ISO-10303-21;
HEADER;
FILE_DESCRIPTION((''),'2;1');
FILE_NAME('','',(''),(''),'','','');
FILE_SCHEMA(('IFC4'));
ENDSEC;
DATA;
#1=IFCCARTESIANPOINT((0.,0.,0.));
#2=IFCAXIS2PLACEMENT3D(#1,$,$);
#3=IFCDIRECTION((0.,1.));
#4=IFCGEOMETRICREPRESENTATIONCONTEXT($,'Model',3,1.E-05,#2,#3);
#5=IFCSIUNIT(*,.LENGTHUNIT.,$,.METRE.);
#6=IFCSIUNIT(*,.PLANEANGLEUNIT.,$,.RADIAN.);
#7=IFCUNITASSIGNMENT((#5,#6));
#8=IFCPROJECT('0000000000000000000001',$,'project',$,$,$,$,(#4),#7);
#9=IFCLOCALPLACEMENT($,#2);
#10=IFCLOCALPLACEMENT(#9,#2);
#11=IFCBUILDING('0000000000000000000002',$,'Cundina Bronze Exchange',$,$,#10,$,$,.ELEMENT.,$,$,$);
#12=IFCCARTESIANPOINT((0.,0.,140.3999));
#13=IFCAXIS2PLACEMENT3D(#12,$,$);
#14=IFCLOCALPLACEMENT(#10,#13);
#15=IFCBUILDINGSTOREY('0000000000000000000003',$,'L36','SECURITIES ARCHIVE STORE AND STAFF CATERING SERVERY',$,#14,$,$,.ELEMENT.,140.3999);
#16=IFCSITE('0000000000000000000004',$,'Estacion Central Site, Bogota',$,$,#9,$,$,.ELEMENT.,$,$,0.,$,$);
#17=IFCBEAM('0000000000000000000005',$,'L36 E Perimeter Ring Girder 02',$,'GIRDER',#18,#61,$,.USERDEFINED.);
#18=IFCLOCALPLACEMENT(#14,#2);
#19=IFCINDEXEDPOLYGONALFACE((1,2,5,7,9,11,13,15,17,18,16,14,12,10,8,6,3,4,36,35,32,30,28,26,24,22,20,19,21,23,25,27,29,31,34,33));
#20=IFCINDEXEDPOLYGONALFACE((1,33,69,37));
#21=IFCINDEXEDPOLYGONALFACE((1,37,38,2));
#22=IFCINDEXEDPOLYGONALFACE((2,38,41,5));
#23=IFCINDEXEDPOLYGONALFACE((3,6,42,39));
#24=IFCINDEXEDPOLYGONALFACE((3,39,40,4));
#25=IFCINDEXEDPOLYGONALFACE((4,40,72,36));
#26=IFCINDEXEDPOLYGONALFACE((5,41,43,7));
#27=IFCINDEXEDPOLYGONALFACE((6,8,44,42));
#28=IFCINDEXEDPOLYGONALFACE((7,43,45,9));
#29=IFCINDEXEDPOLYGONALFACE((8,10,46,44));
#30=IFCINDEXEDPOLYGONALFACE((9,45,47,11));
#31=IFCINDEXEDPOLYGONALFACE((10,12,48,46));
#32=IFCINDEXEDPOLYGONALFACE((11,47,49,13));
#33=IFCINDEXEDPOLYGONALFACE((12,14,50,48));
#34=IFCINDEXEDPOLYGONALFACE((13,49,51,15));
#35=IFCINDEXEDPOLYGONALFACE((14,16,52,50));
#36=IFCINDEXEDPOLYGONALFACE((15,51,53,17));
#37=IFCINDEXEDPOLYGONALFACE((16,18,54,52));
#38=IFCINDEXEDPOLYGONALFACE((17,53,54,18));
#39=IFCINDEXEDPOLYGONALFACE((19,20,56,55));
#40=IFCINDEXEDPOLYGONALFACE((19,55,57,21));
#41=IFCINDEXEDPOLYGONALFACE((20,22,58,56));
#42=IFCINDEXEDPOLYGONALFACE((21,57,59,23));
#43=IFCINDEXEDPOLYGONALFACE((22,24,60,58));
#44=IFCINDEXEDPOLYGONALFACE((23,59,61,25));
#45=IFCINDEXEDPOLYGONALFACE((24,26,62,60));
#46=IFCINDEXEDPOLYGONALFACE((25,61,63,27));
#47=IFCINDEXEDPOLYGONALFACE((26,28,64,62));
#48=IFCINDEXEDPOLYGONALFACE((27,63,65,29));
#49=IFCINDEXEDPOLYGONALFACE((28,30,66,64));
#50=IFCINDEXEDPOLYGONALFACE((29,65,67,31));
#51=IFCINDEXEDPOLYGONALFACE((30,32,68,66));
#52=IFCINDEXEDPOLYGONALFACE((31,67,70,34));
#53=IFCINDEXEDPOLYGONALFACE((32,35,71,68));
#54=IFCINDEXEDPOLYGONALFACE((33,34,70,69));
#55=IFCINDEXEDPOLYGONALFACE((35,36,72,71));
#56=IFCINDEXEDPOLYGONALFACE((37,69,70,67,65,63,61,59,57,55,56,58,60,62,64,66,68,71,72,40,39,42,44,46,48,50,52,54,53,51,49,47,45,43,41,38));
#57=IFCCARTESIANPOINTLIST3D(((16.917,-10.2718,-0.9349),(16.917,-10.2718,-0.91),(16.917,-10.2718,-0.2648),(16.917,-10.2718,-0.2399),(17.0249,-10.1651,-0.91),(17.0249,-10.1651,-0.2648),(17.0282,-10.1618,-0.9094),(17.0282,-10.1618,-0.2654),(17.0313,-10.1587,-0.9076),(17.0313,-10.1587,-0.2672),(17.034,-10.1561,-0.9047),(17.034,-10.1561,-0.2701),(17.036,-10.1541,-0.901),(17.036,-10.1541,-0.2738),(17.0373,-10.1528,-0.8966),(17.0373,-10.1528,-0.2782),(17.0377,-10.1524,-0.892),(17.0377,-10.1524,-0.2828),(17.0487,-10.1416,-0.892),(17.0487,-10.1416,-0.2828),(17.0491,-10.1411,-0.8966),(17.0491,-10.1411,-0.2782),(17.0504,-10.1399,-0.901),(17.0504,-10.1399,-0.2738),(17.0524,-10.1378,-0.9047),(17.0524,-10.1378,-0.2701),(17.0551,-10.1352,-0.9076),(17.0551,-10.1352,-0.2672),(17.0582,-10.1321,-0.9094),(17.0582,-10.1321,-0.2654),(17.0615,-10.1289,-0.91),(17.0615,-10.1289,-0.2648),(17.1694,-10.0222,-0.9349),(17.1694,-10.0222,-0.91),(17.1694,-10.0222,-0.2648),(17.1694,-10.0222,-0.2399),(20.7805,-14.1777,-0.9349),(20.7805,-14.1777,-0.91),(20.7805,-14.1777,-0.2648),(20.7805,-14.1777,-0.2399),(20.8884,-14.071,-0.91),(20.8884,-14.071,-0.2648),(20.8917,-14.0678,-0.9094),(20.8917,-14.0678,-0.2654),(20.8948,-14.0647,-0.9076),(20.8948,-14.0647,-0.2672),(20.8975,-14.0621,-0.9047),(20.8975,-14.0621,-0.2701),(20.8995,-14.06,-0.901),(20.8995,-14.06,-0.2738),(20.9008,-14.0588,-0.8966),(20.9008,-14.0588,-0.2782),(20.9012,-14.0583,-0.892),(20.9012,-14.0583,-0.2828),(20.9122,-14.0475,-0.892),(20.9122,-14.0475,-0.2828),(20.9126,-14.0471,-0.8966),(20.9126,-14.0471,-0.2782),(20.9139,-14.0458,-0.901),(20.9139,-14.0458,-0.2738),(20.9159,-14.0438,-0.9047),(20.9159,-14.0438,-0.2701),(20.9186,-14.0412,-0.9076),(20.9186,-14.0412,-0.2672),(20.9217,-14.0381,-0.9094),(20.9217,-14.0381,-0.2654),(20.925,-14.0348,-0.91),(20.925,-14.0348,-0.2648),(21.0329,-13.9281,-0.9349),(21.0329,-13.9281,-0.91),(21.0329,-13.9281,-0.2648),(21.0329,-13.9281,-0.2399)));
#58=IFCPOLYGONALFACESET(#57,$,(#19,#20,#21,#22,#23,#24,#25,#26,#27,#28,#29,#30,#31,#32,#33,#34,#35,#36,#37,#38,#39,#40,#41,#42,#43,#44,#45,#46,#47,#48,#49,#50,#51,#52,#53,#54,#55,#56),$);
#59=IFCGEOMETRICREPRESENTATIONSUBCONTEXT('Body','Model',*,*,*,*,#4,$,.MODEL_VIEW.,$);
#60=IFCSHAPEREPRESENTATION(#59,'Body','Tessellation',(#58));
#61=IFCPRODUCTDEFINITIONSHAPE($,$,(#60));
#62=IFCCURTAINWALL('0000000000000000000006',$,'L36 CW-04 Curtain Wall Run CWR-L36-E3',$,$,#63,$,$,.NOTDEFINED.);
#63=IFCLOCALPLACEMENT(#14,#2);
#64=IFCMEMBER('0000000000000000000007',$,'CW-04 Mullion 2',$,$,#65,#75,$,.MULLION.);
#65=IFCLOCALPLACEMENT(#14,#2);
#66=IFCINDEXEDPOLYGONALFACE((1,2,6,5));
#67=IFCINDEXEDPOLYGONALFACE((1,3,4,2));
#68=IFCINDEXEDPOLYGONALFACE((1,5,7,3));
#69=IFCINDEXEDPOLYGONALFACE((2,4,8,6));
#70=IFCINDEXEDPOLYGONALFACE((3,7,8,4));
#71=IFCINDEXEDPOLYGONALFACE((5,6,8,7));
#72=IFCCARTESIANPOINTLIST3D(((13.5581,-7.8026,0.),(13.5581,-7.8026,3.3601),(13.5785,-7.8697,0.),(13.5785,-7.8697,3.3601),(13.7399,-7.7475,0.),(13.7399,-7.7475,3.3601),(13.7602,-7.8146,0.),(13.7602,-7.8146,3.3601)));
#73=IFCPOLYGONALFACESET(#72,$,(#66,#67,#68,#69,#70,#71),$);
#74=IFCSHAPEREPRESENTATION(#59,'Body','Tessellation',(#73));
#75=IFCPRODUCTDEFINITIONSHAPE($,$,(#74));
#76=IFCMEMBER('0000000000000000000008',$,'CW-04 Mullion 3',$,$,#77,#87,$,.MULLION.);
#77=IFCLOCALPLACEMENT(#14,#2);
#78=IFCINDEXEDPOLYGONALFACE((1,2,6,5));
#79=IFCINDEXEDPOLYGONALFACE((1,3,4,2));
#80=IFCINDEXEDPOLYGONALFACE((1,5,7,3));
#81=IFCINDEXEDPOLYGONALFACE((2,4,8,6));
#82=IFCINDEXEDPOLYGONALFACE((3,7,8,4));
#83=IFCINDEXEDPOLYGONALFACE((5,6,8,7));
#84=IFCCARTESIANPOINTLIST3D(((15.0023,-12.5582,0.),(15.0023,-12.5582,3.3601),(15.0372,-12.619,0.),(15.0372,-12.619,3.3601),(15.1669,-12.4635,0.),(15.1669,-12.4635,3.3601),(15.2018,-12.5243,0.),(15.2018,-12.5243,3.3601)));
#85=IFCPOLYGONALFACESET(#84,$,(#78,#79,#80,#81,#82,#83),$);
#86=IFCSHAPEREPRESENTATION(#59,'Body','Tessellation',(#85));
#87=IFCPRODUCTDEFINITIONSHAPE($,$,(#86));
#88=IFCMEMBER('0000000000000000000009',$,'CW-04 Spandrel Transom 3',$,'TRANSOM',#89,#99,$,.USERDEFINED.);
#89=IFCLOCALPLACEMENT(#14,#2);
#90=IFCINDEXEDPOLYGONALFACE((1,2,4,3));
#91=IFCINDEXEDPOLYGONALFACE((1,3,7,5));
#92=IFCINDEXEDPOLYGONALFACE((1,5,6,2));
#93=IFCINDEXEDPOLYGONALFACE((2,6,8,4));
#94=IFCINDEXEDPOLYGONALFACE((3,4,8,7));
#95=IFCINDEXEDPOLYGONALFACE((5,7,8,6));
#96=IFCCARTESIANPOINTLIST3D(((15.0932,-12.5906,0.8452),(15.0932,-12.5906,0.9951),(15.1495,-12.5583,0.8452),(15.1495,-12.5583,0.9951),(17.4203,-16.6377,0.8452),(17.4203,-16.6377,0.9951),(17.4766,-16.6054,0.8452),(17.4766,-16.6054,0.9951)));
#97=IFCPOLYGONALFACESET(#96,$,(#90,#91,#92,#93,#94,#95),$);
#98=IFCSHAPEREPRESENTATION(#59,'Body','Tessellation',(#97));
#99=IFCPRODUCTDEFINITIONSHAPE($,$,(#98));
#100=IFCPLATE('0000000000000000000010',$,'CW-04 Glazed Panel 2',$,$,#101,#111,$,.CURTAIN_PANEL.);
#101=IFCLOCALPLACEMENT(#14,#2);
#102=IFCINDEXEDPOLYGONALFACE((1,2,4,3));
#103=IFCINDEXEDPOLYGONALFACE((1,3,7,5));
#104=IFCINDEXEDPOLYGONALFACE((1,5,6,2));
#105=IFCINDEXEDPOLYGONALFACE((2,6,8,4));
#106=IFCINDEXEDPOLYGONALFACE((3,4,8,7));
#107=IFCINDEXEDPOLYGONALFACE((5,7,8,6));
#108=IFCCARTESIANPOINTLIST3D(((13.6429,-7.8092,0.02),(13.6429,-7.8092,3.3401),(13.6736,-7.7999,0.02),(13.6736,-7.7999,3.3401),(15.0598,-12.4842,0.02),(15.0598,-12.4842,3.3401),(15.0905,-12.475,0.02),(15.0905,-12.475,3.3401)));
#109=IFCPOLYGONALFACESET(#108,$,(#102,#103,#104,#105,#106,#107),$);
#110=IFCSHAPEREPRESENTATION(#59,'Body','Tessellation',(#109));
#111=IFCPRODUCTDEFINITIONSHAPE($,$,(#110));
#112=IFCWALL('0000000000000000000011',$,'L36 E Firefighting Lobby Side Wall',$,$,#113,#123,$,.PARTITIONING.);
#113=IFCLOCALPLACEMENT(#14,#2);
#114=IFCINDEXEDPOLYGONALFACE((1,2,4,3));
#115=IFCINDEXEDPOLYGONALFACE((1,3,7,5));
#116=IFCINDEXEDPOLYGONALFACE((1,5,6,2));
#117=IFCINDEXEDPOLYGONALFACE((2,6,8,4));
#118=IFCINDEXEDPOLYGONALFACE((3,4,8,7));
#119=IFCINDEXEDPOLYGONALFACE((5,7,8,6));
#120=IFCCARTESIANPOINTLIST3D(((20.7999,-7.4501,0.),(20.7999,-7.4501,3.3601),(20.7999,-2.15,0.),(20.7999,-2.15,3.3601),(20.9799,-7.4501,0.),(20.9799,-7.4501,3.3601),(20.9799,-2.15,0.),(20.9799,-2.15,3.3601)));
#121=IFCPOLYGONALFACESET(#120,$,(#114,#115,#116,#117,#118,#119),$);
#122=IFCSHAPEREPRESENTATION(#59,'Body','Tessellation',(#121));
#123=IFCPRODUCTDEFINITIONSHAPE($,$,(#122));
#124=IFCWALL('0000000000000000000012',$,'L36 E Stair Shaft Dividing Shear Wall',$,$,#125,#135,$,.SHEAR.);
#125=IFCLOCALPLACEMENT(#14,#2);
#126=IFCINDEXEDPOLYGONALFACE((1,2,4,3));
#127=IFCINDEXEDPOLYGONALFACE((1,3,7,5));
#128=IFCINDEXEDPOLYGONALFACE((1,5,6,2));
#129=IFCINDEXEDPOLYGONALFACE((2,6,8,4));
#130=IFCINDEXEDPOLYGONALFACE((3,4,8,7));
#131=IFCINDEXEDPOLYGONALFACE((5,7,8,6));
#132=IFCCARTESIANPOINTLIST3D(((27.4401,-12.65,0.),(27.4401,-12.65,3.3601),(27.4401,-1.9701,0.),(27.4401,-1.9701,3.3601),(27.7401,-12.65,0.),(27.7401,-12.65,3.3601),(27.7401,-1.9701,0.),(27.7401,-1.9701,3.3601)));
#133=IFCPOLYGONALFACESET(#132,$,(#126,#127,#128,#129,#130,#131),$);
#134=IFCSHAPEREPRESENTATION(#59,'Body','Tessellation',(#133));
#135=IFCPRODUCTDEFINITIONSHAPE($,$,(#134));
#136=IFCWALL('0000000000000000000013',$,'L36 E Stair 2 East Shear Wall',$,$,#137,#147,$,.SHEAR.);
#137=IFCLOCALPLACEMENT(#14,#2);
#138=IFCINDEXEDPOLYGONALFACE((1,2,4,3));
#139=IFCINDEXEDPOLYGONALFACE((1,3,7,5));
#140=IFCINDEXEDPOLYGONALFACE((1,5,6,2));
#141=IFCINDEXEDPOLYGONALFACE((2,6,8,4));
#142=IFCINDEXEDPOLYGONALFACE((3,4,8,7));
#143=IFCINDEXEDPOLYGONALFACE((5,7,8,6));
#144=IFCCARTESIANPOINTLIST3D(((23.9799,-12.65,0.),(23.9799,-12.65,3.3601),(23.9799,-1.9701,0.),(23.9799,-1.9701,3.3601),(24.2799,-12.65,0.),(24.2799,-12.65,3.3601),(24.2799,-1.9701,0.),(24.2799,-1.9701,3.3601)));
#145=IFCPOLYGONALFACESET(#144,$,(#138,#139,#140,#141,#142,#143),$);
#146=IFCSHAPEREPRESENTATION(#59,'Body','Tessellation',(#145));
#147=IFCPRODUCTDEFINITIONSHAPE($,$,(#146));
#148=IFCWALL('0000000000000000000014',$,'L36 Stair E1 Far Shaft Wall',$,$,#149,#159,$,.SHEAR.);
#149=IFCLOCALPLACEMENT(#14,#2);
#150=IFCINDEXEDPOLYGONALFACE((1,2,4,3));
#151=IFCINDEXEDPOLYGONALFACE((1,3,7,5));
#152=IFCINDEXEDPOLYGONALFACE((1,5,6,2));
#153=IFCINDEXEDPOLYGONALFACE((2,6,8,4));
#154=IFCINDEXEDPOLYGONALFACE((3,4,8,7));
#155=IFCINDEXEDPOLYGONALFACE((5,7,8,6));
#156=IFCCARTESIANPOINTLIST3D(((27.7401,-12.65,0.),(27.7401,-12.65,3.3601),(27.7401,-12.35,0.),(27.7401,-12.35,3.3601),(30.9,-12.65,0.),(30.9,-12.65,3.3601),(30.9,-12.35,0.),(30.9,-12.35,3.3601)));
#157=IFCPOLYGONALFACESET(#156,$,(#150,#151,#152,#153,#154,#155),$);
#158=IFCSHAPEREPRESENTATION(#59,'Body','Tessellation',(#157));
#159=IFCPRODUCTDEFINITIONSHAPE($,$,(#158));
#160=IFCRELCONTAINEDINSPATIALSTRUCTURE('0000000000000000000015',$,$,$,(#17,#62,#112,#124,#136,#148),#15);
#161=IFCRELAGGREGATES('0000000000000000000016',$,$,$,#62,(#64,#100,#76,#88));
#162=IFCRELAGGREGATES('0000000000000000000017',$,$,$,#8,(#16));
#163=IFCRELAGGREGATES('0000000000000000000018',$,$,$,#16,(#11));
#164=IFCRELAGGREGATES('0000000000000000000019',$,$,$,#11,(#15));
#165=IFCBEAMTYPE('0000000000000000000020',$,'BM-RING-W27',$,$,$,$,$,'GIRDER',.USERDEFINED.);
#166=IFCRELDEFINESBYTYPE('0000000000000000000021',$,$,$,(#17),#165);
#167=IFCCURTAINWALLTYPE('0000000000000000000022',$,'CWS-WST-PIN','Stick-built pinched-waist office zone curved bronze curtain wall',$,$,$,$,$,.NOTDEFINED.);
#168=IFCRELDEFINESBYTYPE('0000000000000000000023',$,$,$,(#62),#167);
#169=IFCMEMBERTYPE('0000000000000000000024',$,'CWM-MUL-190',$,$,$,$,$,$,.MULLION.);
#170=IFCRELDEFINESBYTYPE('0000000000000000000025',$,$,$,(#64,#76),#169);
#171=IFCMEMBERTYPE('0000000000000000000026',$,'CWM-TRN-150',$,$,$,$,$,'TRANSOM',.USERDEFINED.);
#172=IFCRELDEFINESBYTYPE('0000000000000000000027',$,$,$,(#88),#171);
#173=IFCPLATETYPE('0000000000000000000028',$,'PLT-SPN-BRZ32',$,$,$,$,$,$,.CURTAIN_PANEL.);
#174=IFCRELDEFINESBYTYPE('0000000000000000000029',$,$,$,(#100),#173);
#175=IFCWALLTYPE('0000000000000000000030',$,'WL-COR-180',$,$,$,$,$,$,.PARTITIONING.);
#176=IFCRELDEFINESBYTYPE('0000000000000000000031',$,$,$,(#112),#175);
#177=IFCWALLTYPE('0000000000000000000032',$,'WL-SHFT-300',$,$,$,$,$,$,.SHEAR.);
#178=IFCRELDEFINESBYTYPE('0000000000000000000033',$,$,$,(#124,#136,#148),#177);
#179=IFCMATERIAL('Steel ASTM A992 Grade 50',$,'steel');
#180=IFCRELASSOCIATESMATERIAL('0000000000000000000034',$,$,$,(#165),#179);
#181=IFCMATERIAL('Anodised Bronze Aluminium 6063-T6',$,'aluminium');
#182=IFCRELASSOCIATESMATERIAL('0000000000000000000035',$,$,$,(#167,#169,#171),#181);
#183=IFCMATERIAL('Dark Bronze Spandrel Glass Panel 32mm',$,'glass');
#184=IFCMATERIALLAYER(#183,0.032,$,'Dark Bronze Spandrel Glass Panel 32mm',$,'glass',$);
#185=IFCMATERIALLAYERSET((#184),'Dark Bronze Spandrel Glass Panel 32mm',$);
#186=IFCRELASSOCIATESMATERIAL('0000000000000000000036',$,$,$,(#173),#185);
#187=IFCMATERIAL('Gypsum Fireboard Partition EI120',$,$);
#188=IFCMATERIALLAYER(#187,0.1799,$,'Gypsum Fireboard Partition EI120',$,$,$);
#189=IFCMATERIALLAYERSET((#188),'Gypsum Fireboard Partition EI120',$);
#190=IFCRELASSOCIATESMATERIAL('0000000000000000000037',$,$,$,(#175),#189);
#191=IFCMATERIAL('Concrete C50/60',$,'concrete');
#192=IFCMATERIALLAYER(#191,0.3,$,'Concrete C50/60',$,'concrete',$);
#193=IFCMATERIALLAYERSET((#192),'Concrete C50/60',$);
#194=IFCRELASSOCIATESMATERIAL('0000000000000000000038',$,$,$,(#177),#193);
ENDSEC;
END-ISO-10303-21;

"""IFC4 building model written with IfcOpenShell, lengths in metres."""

from ifc_helpers import new_model, si_unit, direction, frame, frame_2d, origin, origin_2d, place, context, subcontext, project, spatial, rectangle, i_section, extrude, material, layer, layer_set, material_profile, profile_set, type_object, element, aggregate, save


model = new_model("IFC4")

# Units and contexts
model_context = context("Model", 3, precision=1e-05, world=origin(), true_north=direction((0.0, 1.0)))
body_context = subcontext(model_context, "Body", "Model", "MODEL_VIEW")
ifc_project = project(units=[si_unit("LENGTHUNIT", "METRE"), si_unit("PLANEANGLEUNIT", "RADIAN")], contexts=[model_context])

# Site, building, storey
site_placement = place(None, origin())
site = spatial("IfcSite", under=ifc_project, at=site_placement, Name="Estacion Central Site, Bogota", CompositionType="ELEMENT", RefElevation=0.0)
building_placement = place(site_placement, origin())
building = spatial("IfcBuilding", under=site, at=building_placement, Name="Cundina Bronze Exchange", CompositionType="ELEMENT")
storey_placement = place(building_placement, frame((0.0, 0.0, 140.3999)))
storey = spatial("IfcBuildingStorey", under=building, at=storey_placement, Name="L36", Description="SECURITIES ARCHIVE STORE AND STAFF CATERING SERVERY", CompositionType="ELEMENT", Elevation=140.3999)

# Shared definitions
ifc_material_1 = material(Name="Concrete C50/60", Category="concrete")

# Beam
ifc_material_2 = material(Name="Steel ASTM A992 Grade 50", Category="steel")
ifc_material_profile_1 = material_profile(ifc_material_2, i_section(OverallWidth=0.355, OverallDepth=0.6951, WebThickness=0.0154, FlangeThickness=0.0249, FilletRadius=0.0181, at=origin_2d()), Name="W27X146", Category="steel")
ifc_profile_set_1 = profile_set([ifc_material_profile_1], Name="Steel ASTM A992 Grade 50")
beam_type_1 = type_object("IfcBeamType", Name="BM-RING-W27", ElementType="GIRDER", PredefinedType="USERDEFINED", material=ifc_profile_set_1)
beam_1_placement = place(storey_placement, frame((17.0432, -10.147, -0.5874), z_axis=(0.70323, -0.710962, 0.0), x_axis=(0.710962, 0.70323, 0.0)))
element("IfcBeam", 1, at=beam_1_placement, inside=storey, type_object=beam_type_1, Name="L36 E Perimeter Ring Girder 02", ObjectType="GIRDER", PredefinedType="USERDEFINED", context=body_context, shape_type="SweptSolid", body=[
    extrude(i_section(OverallWidth=0.355, OverallDepth=0.6951, WebThickness=0.0154, FlangeThickness=0.0249, FilletRadius=0.0181, at=origin_2d()), origin(), (0.0, 0.0, 1.0), 5.4939),
])

# Curtain wall, members, plate
ifc_material_3 = material(Name="Anodised Bronze Aluminium 6063-T6", Category="aluminium")
curtain_wall_type = type_object("IfcCurtainWallType", Name="CWS-WST-PIN", Description="Stick-built pinched-waist office zone curved bronze curtain wall", PredefinedType="NOTDEFINED", material=ifc_material_3)
curtain_wall_placement = place(storey_placement, origin())
curtain_wall = element("IfcCurtainWall", 2, at=curtain_wall_placement, inside=storey, type_object=curtain_wall_type, Name="L36 CW-04 Curtain Wall Run CWR-L36-E3", PredefinedType="NOTDEFINED")
ifc_material_profile_2 = material_profile(ifc_material_3, rectangle(XDim=0.0701, YDim=0.1899, at=origin_2d()), Name="AL70X190", Category="aluminium")
ifc_profile_set_2 = profile_set([ifc_material_profile_2], Name="Anodised Bronze Aluminium 6063-T6")
member_type_1 = type_object("IfcMemberType", Name="CWM-MUL-190", PredefinedType="MULLION", material=ifc_profile_set_2)
member_1_placement = place(storey_placement, frame((13.6592, -7.8086, 0.0), z_axis=(0.0, 0.0, 1.0), x_axis=(0.290034, -0.957016, 0.0)))
member_1 = element("IfcMember", 3, at=member_1_placement, type_object=member_type_1, Name="CW-04 Mullion 2", PredefinedType="MULLION", context=body_context, shape_type="SweptSolid", body=[
    extrude(rectangle(XDim=0.0701, YDim=0.1899, at=origin_2d()), origin(), (0.0, 0.0, 1.0), 3.3601),
])
member_2_placement = place(storey_placement, frame((15.1021, -12.5413, 0.0), z_axis=(0.0, 0.0, 1.0), x_axis=(0.498488, -0.866897, 0.0)))
member_2 = element("IfcMember", 4, at=member_2_placement, type_object=member_type_1, Name="CW-04 Mullion 3", PredefinedType="MULLION", context=body_context, shape_type="SweptSolid", body=[
    extrude(rectangle(XDim=0.0701, YDim=0.1899, at=origin_2d()), origin(), (0.0, 0.0, 1.0), 3.3601),
])
ifc_material_profile_3 = material_profile(ifc_material_3, rectangle(XDim=0.0649, YDim=0.1499, at=origin_2d()), Name="AL65X150", Category="aluminium")
ifc_profile_set_3 = profile_set([ifc_material_profile_3], Name="Anodised Bronze Aluminium 6063-T6")
member_type_2 = type_object("IfcMemberType", Name="CWM-TRN-150", ElementType="TRANSOM", PredefinedType="USERDEFINED", material=ifc_profile_set_3)
member_3_placement = place(storey_placement, frame((15.1213, -12.5745, 0.9202), z_axis=(0.49848, -0.866901, 0.0), x_axis=(0.866901, 0.49848, 0.0)))
member_3 = element("IfcMember", 5, at=member_3_placement, type_object=member_type_2, Name="CW-04 Spandrel Transom 3", ObjectType="TRANSOM", PredefinedType="USERDEFINED", context=body_context, shape_type="SweptSolid", body=[
    extrude(rectangle(XDim=0.0649, YDim=0.1499, at=origin_2d()), origin(), (0.0, 0.0, 1.0), 4.6685),
])
ifc_material_4 = material(Name="Dark Bronze Spandrel Glass Panel 32mm", Category="glass")
ifc_layer_1 = layer(ifc_material_4, 0.032, Name="Dark Bronze Spandrel Glass Panel 32mm", Category="glass")
ifc_layer_set_1 = layer_set([ifc_layer_1], Name="Dark Bronze Spandrel Glass Panel 32mm")
plate_type = type_object("IfcPlateType", Name="PLT-SPN-BRZ32", PredefinedType="CURTAIN_PANEL", material=ifc_layer_set_1)
plate_placement = place(storey_placement, frame((14.3667, -10.1421, 0.02), z_axis=(0.0, 0.0, 1.0), x_axis=(0.290051, -0.957011, 0.0)))
plate = element("IfcPlate", 6, at=plate_placement, type_object=plate_type, Name="CW-04 Glazed Panel 2", PredefinedType="CURTAIN_PANEL", context=body_context, shape_type="SweptSolid", body=[
    extrude(rectangle(XDim=4.885, YDim=0.032, at=origin_2d()), origin(), (0.0, 0.0, 1.0), 3.3201),
])
aggregate(curtain_wall, [member_1, plate, member_2, member_3])

# Walls
ifc_material_5 = material(Name="Gypsum Fireboard Partition EI120")
ifc_layer_2 = layer(ifc_material_5, 0.1799, Name="Gypsum Fireboard Partition EI120")
ifc_layer_set_2 = layer_set([ifc_layer_2], Name="Gypsum Fireboard Partition EI120")
wall_type_1 = type_object("IfcWallType", Name="WL-COR-180", PredefinedType="PARTITIONING", material=ifc_layer_set_2)
wall_1_placement = place(storey_placement, frame((20.8899, -7.45, 0.0), z_axis=(0.0, 0.0, 1.0), x_axis=(0.0, 1.0, 0.0)))
element("IfcWall", 7, at=wall_1_placement, inside=storey, type_object=wall_type_1, Name="L36 E Firefighting Lobby Side Wall", PredefinedType="PARTITIONING", context=body_context, shape_type="SweptSolid", body=[
    extrude(rectangle(XDim=5.3, YDim=0.1799, at=frame_2d((2.6499, 0.0))), origin(), (0.0, 0.0, 1.0), 3.3601),
])
ifc_layer_3 = layer(ifc_material_1, 0.3, Name="Concrete C50/60", Category="concrete")
ifc_layer_set_3 = layer_set([ifc_layer_3], Name="Concrete C50/60")
wall_type_2 = type_object("IfcWallType", Name="WL-SHFT-300", PredefinedType="SHEAR", material=ifc_layer_set_3)
for number, where, z_axis, x_axis, name in (
    (8, (27.5901, -12.6499, 0.0), (0.0, 0.0, 1.0), (0.0, 1.0, 0.0), "L36 E Stair Shaft Dividing Shear Wall"),
    (9, (24.1299, -12.6499, 0.0), (0.0, 0.0, 1.0), (0.0, 1.0, 0.0), "L36 E Stair 2 East Shear Wall"),
):
    element("IfcWall", number, at=place(storey_placement, frame(where, z_axis=z_axis, x_axis=x_axis)), inside=storey, type_object=wall_type_2, Name=name, PredefinedType="SHEAR", context=body_context, shape_type="SweptSolid", body=[
        extrude(rectangle(XDim=10.6799, YDim=0.3, at=frame_2d((5.3398, 0.0))), origin(), (0.0, 0.0, 1.0), 3.3601),
    ])
wall_2_placement = place(storey_placement, frame((27.74, -12.5, 0.0), z_axis=(0.0, 0.0, 1.0), x_axis=(1.0, 0.0, 0.0)))
element("IfcWall", 10, at=wall_2_placement, inside=storey, type_object=wall_type_2, Name="L36 Stair E1 Far Shaft Wall", PredefinedType="SHEAR", context=body_context, shape_type="SweptSolid", body=[
    extrude(rectangle(XDim=3.1599, YDim=0.3, at=frame_2d((1.5801, 0.0))), origin(), (0.0, 0.0, 1.0), 3.3601),
])

save(model, "model.ifc")
